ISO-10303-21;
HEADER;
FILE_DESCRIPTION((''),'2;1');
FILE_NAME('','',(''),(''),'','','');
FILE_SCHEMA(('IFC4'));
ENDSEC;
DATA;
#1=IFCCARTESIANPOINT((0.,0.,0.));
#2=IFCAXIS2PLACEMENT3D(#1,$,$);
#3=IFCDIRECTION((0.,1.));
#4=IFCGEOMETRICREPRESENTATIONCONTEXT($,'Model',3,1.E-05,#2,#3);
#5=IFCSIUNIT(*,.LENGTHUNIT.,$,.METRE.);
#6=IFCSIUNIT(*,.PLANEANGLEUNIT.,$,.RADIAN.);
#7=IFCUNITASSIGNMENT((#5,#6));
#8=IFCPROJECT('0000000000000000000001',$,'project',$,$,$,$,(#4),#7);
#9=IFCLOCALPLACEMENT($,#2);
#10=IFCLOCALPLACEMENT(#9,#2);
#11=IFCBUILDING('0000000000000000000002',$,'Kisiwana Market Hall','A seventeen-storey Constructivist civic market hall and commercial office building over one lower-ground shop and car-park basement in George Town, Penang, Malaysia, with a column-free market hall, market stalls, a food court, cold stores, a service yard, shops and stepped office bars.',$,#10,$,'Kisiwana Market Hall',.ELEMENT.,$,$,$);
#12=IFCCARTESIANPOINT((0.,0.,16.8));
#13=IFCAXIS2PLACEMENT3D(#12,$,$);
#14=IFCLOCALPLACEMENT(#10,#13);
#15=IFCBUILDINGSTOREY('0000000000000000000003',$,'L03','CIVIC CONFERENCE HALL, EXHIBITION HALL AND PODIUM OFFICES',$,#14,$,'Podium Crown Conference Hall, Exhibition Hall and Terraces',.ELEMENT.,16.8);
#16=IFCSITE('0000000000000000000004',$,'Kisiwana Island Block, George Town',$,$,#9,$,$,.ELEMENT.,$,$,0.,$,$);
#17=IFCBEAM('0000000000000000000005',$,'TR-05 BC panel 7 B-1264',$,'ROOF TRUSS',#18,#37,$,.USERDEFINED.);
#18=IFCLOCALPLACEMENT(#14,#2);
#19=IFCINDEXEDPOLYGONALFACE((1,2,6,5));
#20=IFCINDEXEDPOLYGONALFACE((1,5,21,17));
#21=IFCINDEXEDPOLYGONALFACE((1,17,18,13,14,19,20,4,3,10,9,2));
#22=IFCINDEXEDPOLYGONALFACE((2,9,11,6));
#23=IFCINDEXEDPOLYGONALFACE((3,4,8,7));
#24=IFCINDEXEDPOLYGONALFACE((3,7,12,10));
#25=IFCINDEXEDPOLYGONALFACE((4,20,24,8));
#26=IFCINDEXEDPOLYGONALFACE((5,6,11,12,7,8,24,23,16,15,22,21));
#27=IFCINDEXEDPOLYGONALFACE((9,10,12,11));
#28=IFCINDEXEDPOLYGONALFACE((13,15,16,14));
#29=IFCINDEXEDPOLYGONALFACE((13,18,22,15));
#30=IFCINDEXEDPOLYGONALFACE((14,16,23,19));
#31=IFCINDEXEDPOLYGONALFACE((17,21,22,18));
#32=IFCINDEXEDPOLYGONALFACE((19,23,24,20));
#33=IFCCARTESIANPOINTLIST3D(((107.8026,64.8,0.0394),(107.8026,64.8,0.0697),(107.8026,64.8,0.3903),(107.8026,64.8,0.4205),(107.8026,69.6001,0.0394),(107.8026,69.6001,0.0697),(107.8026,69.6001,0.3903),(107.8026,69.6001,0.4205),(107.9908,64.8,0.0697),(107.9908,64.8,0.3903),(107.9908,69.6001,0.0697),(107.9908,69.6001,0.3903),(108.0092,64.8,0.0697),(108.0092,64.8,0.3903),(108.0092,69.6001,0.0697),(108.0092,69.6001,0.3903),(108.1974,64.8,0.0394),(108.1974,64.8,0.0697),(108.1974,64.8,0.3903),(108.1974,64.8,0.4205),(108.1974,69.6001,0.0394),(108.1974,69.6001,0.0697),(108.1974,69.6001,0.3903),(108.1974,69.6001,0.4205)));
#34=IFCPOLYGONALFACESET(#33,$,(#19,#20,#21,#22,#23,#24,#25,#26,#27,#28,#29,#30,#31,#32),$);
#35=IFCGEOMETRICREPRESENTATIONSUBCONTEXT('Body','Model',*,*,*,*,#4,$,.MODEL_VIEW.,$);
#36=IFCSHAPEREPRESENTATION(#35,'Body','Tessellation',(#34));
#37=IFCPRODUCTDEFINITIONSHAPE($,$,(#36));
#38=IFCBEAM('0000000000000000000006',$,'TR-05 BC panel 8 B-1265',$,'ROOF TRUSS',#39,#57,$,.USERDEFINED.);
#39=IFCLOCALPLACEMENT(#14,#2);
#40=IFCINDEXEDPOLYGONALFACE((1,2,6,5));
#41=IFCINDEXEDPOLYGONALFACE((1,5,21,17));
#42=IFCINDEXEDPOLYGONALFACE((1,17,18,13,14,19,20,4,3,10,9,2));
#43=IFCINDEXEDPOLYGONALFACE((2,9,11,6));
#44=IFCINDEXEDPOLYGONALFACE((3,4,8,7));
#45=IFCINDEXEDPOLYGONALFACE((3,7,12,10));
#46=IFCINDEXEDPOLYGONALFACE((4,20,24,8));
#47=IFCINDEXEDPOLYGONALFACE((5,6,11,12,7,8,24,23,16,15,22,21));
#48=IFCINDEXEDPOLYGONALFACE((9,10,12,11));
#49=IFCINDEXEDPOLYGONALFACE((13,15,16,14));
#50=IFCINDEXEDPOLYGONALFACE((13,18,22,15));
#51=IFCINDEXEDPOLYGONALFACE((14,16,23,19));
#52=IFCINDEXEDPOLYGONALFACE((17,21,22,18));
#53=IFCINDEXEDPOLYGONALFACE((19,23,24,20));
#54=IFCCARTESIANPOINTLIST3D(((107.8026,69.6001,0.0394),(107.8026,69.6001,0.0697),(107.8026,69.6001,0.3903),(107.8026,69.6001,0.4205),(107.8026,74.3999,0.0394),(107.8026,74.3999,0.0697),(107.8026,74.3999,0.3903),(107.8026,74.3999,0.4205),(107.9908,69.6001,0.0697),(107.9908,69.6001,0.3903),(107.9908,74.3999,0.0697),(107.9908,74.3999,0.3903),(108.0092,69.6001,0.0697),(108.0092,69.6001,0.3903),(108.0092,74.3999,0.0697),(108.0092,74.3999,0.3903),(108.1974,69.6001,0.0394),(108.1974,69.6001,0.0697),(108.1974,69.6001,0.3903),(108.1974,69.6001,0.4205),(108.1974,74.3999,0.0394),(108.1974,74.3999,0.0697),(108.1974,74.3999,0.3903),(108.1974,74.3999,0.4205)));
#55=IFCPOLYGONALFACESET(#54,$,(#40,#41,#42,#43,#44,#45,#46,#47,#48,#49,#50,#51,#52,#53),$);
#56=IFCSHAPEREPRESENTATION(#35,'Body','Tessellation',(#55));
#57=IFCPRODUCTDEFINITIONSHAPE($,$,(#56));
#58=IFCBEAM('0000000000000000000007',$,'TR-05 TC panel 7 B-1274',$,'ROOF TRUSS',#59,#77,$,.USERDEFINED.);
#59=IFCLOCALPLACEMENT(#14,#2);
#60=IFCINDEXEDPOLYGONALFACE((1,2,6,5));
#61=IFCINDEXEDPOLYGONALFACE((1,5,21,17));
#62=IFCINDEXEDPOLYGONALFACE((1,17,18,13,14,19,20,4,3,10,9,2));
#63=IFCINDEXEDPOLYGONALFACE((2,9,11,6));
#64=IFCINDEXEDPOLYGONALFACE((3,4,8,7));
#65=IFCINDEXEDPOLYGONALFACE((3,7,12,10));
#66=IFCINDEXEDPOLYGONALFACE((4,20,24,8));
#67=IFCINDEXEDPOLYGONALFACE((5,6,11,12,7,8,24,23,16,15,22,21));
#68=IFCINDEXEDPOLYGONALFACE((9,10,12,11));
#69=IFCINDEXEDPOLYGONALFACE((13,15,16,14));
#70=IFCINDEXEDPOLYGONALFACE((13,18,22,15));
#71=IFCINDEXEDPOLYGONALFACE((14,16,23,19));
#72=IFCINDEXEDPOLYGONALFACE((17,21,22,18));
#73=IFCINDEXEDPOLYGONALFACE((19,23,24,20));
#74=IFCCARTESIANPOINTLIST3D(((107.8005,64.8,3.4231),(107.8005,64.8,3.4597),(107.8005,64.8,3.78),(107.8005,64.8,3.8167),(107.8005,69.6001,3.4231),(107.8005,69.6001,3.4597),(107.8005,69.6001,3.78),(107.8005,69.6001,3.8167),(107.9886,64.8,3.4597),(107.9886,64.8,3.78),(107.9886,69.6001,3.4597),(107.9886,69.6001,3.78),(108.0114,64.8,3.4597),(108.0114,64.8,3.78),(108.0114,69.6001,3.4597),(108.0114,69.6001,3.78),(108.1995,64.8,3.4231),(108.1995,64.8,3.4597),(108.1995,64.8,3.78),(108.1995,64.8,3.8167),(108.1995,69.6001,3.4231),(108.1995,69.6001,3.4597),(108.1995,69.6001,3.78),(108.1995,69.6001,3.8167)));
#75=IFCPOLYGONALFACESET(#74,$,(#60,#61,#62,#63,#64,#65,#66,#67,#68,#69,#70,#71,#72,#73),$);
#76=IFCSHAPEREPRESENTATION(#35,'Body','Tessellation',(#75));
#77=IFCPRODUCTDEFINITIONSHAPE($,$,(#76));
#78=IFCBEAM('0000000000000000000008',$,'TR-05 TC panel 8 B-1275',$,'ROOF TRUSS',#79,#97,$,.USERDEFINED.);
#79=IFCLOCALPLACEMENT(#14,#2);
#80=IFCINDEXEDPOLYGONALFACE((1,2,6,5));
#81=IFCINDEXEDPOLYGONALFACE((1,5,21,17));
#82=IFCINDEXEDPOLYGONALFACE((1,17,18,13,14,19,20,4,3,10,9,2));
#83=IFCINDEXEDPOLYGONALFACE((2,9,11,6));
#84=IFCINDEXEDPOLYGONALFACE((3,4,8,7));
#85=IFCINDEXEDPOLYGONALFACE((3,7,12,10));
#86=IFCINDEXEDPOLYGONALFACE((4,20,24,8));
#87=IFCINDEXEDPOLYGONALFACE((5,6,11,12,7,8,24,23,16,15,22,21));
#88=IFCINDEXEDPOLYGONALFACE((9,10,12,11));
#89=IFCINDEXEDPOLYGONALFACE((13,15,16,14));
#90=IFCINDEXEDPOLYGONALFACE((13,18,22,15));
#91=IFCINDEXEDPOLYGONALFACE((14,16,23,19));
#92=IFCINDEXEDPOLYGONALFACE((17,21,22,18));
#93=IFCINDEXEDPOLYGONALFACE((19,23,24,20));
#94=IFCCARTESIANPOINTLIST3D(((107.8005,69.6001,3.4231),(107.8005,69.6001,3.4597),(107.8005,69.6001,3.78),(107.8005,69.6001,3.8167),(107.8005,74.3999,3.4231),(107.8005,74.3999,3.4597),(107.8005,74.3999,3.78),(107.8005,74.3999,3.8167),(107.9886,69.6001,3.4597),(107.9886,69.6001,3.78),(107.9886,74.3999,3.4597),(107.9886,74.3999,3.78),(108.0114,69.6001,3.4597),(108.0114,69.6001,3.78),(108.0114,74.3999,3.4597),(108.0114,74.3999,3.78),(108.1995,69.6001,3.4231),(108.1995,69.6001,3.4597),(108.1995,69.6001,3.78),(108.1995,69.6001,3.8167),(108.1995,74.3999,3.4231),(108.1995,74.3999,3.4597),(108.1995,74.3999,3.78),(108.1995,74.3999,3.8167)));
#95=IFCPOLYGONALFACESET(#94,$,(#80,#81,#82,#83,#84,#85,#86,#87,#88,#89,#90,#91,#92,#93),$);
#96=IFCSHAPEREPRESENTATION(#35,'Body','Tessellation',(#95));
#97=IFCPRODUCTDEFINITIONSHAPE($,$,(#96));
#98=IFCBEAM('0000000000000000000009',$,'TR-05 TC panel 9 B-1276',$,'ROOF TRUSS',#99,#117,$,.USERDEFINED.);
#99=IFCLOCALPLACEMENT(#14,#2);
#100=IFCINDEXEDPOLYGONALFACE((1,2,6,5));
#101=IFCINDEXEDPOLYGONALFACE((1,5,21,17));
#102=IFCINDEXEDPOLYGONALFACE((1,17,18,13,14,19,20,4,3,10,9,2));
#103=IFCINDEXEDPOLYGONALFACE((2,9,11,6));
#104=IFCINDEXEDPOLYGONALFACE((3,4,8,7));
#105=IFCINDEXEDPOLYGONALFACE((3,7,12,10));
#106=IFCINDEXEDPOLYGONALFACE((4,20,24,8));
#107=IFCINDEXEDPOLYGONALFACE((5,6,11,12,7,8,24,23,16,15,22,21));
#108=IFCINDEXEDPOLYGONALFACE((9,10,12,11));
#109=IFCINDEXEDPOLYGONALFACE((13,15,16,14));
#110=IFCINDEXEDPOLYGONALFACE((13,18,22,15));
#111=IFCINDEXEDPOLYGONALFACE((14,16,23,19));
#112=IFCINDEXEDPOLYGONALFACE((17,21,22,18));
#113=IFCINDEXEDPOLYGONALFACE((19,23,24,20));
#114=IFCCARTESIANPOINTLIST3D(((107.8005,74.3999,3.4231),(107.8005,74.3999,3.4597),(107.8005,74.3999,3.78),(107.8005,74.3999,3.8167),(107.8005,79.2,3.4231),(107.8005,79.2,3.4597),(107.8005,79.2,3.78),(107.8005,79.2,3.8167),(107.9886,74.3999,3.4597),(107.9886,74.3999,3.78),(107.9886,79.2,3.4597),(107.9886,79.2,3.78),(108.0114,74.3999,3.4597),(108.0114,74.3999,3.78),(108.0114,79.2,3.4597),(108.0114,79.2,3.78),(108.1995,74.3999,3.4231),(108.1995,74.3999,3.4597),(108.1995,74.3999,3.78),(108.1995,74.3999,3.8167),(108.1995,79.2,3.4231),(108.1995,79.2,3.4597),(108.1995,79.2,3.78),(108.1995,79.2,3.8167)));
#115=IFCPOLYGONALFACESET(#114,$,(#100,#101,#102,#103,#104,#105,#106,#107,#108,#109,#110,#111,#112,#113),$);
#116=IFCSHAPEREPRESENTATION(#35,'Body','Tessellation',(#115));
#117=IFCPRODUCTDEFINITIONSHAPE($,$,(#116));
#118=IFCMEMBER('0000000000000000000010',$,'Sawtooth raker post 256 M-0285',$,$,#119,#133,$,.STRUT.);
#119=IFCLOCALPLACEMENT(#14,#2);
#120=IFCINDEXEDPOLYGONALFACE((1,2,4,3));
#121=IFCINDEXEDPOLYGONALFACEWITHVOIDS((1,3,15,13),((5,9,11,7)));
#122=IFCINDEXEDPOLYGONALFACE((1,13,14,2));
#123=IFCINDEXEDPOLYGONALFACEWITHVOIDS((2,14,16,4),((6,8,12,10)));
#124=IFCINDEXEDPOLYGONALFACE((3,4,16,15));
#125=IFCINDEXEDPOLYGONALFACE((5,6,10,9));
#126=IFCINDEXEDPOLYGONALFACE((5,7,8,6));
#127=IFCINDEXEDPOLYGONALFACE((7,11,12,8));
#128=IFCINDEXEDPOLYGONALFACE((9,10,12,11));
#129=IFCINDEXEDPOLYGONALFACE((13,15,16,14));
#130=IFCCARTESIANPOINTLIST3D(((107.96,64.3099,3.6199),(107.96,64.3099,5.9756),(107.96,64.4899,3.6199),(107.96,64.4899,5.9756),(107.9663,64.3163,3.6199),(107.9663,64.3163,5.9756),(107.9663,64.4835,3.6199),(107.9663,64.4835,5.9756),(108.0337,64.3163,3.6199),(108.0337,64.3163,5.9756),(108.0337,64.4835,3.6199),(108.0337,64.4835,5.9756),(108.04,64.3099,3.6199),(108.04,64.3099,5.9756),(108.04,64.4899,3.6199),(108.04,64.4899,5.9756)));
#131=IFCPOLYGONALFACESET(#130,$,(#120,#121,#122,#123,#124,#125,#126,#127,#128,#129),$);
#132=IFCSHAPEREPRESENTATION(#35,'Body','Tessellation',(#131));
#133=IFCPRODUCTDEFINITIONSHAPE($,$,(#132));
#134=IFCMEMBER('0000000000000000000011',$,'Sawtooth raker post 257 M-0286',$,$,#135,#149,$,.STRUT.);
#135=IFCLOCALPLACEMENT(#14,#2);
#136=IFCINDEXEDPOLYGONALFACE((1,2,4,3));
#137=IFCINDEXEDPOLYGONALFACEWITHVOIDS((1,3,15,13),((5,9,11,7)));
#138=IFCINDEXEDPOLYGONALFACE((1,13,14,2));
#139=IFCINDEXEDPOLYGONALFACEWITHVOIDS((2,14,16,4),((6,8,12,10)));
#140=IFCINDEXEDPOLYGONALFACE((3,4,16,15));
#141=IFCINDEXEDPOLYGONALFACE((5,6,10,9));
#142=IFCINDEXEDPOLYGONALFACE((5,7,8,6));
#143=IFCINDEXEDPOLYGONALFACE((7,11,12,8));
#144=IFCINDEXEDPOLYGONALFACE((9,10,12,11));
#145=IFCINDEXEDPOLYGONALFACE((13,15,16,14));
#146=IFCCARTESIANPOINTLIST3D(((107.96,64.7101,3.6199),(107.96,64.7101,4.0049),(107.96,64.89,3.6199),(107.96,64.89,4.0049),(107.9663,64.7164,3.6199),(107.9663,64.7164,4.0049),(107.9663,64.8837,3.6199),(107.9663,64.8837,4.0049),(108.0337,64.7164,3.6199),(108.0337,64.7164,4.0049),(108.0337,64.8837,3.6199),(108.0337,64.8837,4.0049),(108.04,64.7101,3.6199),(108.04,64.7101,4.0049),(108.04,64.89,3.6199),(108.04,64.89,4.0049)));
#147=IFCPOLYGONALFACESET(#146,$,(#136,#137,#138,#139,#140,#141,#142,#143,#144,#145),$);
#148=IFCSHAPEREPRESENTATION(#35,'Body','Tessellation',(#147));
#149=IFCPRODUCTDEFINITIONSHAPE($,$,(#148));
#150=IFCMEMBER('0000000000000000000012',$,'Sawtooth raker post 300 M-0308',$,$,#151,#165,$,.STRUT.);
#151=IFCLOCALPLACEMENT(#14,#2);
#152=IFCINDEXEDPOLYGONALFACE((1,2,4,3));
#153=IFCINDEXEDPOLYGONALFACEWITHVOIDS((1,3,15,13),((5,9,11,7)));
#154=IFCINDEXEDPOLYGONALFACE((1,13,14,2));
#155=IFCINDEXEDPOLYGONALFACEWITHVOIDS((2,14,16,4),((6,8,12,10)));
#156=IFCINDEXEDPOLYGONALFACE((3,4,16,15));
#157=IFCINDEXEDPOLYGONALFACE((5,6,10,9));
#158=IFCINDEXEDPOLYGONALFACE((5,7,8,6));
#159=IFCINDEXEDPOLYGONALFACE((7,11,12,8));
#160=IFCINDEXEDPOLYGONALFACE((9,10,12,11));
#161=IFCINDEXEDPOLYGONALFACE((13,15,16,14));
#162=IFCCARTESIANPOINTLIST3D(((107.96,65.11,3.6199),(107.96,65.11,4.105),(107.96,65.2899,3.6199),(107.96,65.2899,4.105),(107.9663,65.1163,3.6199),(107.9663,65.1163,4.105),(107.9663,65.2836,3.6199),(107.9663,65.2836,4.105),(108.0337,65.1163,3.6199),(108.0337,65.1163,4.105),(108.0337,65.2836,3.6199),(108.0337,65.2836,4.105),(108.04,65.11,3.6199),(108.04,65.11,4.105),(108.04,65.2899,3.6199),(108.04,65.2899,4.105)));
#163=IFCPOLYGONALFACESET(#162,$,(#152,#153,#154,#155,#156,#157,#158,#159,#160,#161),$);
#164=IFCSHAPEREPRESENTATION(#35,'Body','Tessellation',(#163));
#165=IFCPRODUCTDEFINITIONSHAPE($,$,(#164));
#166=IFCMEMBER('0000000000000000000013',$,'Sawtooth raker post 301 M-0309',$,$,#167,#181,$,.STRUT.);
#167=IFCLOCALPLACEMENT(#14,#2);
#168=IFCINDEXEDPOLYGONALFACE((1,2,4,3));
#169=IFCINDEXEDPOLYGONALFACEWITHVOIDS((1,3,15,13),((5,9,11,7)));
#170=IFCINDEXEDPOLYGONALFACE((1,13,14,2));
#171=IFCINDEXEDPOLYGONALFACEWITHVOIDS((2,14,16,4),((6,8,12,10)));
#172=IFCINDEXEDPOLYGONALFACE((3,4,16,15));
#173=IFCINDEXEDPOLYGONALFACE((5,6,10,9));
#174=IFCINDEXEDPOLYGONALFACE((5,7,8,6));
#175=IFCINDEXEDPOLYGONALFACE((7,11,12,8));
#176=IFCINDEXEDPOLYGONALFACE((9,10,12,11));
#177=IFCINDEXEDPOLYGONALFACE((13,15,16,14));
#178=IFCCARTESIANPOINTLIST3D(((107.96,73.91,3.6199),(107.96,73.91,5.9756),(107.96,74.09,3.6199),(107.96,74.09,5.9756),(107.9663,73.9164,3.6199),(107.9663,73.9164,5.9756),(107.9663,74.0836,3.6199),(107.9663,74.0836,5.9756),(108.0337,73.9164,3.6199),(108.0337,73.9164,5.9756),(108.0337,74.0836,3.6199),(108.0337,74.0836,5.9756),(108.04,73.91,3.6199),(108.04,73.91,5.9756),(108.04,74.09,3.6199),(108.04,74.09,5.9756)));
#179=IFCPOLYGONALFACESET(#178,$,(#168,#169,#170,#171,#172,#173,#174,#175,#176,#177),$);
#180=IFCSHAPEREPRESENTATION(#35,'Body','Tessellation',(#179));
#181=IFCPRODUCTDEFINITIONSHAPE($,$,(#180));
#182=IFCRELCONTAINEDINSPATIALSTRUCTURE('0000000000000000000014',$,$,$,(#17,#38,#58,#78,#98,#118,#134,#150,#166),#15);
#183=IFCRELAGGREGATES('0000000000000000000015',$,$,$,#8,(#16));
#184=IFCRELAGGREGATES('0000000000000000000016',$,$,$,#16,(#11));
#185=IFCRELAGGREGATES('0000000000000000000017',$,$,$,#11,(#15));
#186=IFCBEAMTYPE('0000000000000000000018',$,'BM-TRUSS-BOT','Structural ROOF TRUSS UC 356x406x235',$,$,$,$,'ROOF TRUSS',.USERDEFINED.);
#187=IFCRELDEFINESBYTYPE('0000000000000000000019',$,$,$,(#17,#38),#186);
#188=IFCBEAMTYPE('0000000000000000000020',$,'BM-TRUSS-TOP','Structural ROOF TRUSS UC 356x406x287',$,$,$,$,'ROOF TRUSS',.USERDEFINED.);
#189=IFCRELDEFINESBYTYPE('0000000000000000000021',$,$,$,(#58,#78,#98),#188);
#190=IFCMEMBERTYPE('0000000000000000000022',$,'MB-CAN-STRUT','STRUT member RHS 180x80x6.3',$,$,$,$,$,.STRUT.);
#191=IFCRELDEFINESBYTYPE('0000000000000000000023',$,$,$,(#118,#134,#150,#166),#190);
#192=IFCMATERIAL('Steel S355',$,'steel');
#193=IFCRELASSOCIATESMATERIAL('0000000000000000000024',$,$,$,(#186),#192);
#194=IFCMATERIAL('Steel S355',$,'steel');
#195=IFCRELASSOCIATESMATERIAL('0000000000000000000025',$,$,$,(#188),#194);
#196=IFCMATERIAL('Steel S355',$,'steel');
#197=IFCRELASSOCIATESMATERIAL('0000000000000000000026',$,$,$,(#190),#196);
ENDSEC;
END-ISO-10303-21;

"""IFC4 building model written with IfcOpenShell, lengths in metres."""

from ifc_helpers import new_model, si_unit, direction, frame, origin, origin_2d, place, context, subcontext, project, spatial, hollow_rectangle, i_section, extrude, material, material_profile, profile_set, type_object, element, save


model = new_model("IFC4")

# Units and contexts
model_context = context("Model", 3, precision=1e-05, world=origin(), true_north=direction((0.0, 1.0)))
body_context = subcontext(model_context, "Body", "Model", "MODEL_VIEW")
ifc_project = project(units=[si_unit("LENGTHUNIT", "METRE"), si_unit("PLANEANGLEUNIT", "RADIAN")], contexts=[model_context])

# Site, building, storey
site_placement = place(None, origin())
site = spatial("IfcSite", under=ifc_project, at=site_placement, Name="Kisiwana Island Block, George Town", CompositionType="ELEMENT", RefElevation=0.0)
building_placement = place(site_placement, origin())
building = spatial("IfcBuilding", under=site, at=building_placement, Name="Kisiwana Market Hall", Description="A seventeen-storey Constructivist civic market hall and commercial office building over one lower-ground shop and car-park basement in George Town, Penang, Malaysia, with a column-free market hall, market stalls, a food court, cold stores, a service yard, shops and stepped office bars.", LongName="Kisiwana Market Hall", CompositionType="ELEMENT")
storey_placement = place(building_placement, frame((0.0, 0.0, 16.8)))
storey = spatial("IfcBuildingStorey", under=building, at=storey_placement, Name="L03", Description="CIVIC CONFERENCE HALL, EXHIBITION HALL AND PODIUM OFFICES", LongName="Podium Crown Conference Hall, Exhibition Hall and Terraces", CompositionType="ELEMENT", Elevation=16.8)

# Beams
ifc_material_1 = material(Name="Steel S355", Category="steel")
ifc_material_profile_1 = material_profile(ifc_material_1, i_section(OverallWidth=0.3948, OverallDepth=0.3811, WebThickness=0.0183, FlangeThickness=0.0303, at=origin_2d()), Name="UC 356x406x235")
ifc_profile_set_1 = profile_set([ifc_material_profile_1], Name="Steel S355")
beam_type_1 = type_object("IfcBeamType", Name="BM-TRUSS-BOT", Description="Structural ROOF TRUSS UC 356x406x235", ElementType="ROOF TRUSS", PredefinedType="USERDEFINED", material=ifc_profile_set_1)
beam_1_placement = place(storey_placement, frame((108.0, 64.8, 0.23), z_axis=(0.0, 1.0, 0.0), x_axis=(-1.0, 0.0, 0.0)))
element("IfcBeam", 1, at=beam_1_placement, inside=storey, type_object=beam_type_1, Name="TR-05 BC panel 7 B-1264", ObjectType="ROOF TRUSS", PredefinedType="USERDEFINED", context=body_context, shape_type="SweptSolid", body=[
    extrude(i_section(OverallWidth=0.3948, OverallDepth=0.3811, WebThickness=0.0183, FlangeThickness=0.0303, at=origin_2d()), origin(), (0.0, 0.0, 1.0), 4.8),
])
beam_2_placement = place(storey_placement, frame((108.0, 69.6001, 0.23), z_axis=(0.0, 1.0, 0.0), x_axis=(-1.0, 0.0, 0.0)))
element("IfcBeam", 2, at=beam_2_placement, inside=storey, type_object=beam_type_1, Name="TR-05 BC panel 8 B-1265", ObjectType="ROOF TRUSS", PredefinedType="USERDEFINED", context=body_context, shape_type="SweptSolid", body=[
    extrude(i_section(OverallWidth=0.3948, OverallDepth=0.3811, WebThickness=0.0183, FlangeThickness=0.0303, at=origin_2d()), origin(), (0.0, 0.0, 1.0), 4.7998),
])
ifc_material_2 = material(Name="Steel S355", Category="steel")
ifc_material_profile_2 = material_profile(ifc_material_2, i_section(OverallWidth=0.3989, OverallDepth=0.3936, WebThickness=0.0227, FlangeThickness=0.0366, at=origin_2d()), Name="UC 356x406x287")
ifc_profile_set_2 = profile_set([ifc_material_profile_2], Name="Steel S355")
beam_type_2 = type_object("IfcBeamType", Name="BM-TRUSS-TOP", Description="Structural ROOF TRUSS UC 356x406x287", ElementType="ROOF TRUSS", PredefinedType="USERDEFINED", material=ifc_profile_set_2)
beam_3_placement = place(storey_placement, frame((108.0, 64.8, 3.6199), z_axis=(0.0, 1.0, 0.0), x_axis=(-1.0, 0.0, 0.0)))
element("IfcBeam", 3, at=beam_3_placement, inside=storey, type_object=beam_type_2, Name="TR-05 TC panel 7 B-1274", ObjectType="ROOF TRUSS", PredefinedType="USERDEFINED", context=body_context, shape_type="SweptSolid", body=[
    extrude(i_section(OverallWidth=0.3989, OverallDepth=0.3936, WebThickness=0.0227, FlangeThickness=0.0366, at=origin_2d()), origin(), (0.0, 0.0, 1.0), 4.8),
])
beam_4_placement = place(storey_placement, frame((108.0, 69.6001, 3.6199), z_axis=(0.0, 1.0, 0.0), x_axis=(-1.0, 0.0, 0.0)))
element("IfcBeam", 4, at=beam_4_placement, inside=storey, type_object=beam_type_2, Name="TR-05 TC panel 8 B-1275", ObjectType="ROOF TRUSS", PredefinedType="USERDEFINED", context=body_context, shape_type="SweptSolid", body=[
    extrude(i_section(OverallWidth=0.3989, OverallDepth=0.3936, WebThickness=0.0227, FlangeThickness=0.0366, at=origin_2d()), origin(), (0.0, 0.0, 1.0), 4.7998),
])
beam_5_placement = place(storey_placement, frame((108.0, 74.3999, 3.6199), z_axis=(0.0, 1.0, 0.0), x_axis=(-1.0, 0.0, 0.0)))
element("IfcBeam", 5, at=beam_5_placement, inside=storey, type_object=beam_type_2, Name="TR-05 TC panel 9 B-1276", ObjectType="ROOF TRUSS", PredefinedType="USERDEFINED", context=body_context, shape_type="SweptSolid", body=[
    extrude(i_section(OverallWidth=0.3989, OverallDepth=0.3936, WebThickness=0.0227, FlangeThickness=0.0366, at=origin_2d()), origin(), (0.0, 0.0, 1.0), 4.8),
])

# Members
ifc_material_3 = material(Name="Steel S355", Category="steel")
ifc_material_profile_3 = material_profile(ifc_material_3, hollow_rectangle(XDim=0.0801, YDim=0.1799, WallThickness=0.0063, at=origin_2d()), Name="RHS 180x80x6.3")
ifc_profile_set_3 = profile_set([ifc_material_profile_3], Name="Steel S355")
member_type_1 = type_object("IfcMemberType", Name="MB-CAN-STRUT", Description="STRUT member RHS 180x80x6.3", PredefinedType="STRUT", material=ifc_profile_set_3)
member_1_placement = place(storey_placement, frame((108.0, 64.3999, 3.6199), z_axis=(0.0, 0.0, 1.0), x_axis=(1.0, 0.0, 0.0)))
element("IfcMember", 6, at=member_1_placement, inside=storey, type_object=member_type_1, Name="Sawtooth raker post 256 M-0285", PredefinedType="STRUT", context=body_context, shape_type="SweptSolid", body=[
    extrude(hollow_rectangle(XDim=0.0801, YDim=0.1799, WallThickness=0.0063, at=origin_2d()), origin(), (0.0, 0.0, 1.0), 2.3557),
])
member_2_placement = place(storey_placement, frame((108.0, 64.8, 3.6199), z_axis=(0.0, 0.0, 1.0), x_axis=(1.0, 0.0, 0.0)))
element("IfcMember", 7, at=member_2_placement, inside=storey, type_object=member_type_1, Name="Sawtooth raker post 257 M-0286", PredefinedType="STRUT", context=body_context, shape_type="SweptSolid", body=[
    extrude(hollow_rectangle(XDim=0.0801, YDim=0.1799, WallThickness=0.0063, at=origin_2d()), origin(), (0.0, 0.0, 1.0), 0.385),
])
member_3_placement = place(storey_placement, frame((108.0, 65.2, 3.6199), z_axis=(0.0, 0.0, 1.0), x_axis=(1.0, 0.0, 0.0)))
element("IfcMember", 8, at=member_3_placement, inside=storey, type_object=member_type_1, Name="Sawtooth raker post 300 M-0308", PredefinedType="STRUT", context=body_context, shape_type="SweptSolid", body=[
    extrude(hollow_rectangle(XDim=0.0801, YDim=0.1799, WallThickness=0.0063, at=origin_2d()), origin(), (0.0, 0.0, 1.0), 0.4851),
])
member_4_placement = place(storey_placement, frame((108.0, 74.0, 3.6199), z_axis=(0.0, 0.0, 1.0), x_axis=(1.0, 0.0, 0.0)))
element("IfcMember", 9, at=member_4_placement, inside=storey, type_object=member_type_1, Name="Sawtooth raker post 301 M-0309", PredefinedType="STRUT", context=body_context, shape_type="SweptSolid", body=[
    extrude(hollow_rectangle(XDim=0.0801, YDim=0.1799, WallThickness=0.0063, at=origin_2d()), origin(), (0.0, 0.0, 1.0), 2.3557),
])

save(model, "model.ifc")
